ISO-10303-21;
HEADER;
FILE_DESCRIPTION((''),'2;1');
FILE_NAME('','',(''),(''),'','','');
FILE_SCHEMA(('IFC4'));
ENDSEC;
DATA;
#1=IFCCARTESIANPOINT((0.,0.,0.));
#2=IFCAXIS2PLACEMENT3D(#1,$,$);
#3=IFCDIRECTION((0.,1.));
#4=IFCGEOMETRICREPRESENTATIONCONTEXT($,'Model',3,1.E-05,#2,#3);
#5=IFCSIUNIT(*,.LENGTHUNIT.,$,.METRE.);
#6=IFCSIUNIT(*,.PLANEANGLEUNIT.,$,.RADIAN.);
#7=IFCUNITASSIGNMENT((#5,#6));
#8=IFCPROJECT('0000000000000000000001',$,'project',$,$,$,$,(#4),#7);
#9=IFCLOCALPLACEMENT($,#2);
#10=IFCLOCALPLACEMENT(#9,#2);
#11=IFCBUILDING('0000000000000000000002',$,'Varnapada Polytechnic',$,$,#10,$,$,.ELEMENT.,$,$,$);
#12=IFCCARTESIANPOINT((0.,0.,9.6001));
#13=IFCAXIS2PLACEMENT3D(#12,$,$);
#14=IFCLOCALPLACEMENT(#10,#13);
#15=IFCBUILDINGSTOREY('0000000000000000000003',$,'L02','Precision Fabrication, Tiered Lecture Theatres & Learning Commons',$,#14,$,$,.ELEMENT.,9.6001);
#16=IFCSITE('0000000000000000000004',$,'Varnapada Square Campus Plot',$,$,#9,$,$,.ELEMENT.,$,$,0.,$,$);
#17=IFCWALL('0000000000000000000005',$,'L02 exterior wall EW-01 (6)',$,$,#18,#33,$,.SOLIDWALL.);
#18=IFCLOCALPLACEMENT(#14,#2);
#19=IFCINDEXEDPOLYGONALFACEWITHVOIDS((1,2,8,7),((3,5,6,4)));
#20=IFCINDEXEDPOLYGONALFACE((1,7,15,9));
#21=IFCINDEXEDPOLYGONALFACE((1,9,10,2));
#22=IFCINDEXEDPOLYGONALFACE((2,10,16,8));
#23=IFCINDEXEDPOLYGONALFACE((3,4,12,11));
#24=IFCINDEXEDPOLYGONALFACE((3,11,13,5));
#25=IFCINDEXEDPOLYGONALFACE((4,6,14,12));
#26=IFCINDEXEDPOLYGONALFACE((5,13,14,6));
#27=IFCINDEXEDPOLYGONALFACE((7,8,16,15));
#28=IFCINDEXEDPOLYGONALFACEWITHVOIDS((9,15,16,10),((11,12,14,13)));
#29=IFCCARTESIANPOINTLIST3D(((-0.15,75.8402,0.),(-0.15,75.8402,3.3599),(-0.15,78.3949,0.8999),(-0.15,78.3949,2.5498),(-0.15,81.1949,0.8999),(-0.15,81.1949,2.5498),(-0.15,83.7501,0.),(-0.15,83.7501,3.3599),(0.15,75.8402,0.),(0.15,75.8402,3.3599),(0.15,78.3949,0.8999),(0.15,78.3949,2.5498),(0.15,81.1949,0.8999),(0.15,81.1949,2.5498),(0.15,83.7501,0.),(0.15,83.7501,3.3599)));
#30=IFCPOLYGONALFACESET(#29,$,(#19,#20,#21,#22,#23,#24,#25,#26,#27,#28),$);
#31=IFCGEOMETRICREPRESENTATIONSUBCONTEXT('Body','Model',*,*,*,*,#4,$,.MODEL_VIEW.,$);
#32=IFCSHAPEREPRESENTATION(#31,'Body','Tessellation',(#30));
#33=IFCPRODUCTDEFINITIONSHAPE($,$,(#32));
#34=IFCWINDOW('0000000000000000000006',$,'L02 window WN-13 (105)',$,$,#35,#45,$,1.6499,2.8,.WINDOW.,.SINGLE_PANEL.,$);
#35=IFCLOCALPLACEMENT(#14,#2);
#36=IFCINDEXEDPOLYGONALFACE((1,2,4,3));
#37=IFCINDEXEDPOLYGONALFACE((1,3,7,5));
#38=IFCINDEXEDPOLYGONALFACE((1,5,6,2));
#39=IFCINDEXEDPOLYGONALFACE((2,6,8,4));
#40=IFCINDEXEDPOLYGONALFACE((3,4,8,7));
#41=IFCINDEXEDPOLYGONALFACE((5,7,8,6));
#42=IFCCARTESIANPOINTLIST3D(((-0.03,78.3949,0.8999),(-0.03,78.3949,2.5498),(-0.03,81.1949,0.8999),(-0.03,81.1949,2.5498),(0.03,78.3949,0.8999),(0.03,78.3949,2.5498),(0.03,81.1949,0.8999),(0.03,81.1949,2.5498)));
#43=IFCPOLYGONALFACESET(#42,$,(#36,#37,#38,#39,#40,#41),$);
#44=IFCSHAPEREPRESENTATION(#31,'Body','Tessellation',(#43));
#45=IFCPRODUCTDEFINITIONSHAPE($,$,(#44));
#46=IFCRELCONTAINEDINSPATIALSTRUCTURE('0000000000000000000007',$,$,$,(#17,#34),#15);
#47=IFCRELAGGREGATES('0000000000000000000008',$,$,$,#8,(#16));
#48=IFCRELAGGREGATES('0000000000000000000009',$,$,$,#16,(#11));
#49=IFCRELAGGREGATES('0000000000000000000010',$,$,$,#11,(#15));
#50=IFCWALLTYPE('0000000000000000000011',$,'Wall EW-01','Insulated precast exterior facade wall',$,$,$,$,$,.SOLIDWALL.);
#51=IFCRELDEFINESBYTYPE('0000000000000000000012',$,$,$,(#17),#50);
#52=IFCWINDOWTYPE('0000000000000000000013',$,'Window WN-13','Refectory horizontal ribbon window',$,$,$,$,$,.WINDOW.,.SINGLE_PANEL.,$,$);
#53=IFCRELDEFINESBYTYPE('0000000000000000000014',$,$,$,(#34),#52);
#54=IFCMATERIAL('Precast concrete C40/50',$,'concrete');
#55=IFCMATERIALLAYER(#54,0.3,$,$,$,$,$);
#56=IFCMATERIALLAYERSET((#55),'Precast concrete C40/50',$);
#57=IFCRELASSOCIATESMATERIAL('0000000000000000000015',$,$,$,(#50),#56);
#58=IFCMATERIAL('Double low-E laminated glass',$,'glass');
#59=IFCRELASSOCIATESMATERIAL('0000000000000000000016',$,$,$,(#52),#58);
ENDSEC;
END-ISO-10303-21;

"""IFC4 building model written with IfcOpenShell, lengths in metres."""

from ifc_helpers import new_model, si_unit, direction, frame, frame_2d, origin, place, context, subcontext, project, spatial, rectangle, extrude, material, layer, layer_set, type_object, element, fill, save


model = new_model("IFC4")

# Units and contexts
model_context = context("Model", 3, precision=1e-05, world=origin(), true_north=direction((0.0, 1.0)))
body_context = subcontext(model_context, "Body", "Model", "MODEL_VIEW")
ifc_project = project(units=[si_unit("LENGTHUNIT", "METRE"), si_unit("PLANEANGLEUNIT", "RADIAN")], contexts=[model_context])

# Site, building, storey
site_placement = place(None, origin())
site = spatial("IfcSite", under=ifc_project, at=site_placement, Name="Varnapada Square Campus Plot", CompositionType="ELEMENT", RefElevation=0.0)
building_placement = place(site_placement, origin())
building = spatial("IfcBuilding", under=site, at=building_placement, Name="Varnapada Polytechnic", CompositionType="ELEMENT")
storey_placement = place(building_placement, frame((0.0, 0.0, 9.6001)))
storey = spatial("IfcBuildingStorey", under=building, at=storey_placement, Name="L02", Description="Precision Fabrication, Tiered Lecture Theatres & Learning Commons", CompositionType="ELEMENT", Elevation=9.6001)

# Wall, opening, window
ifc_material_1 = material(Name="Precast concrete C40/50", Category="concrete")
ifc_layer_1 = layer(ifc_material_1, 0.3)
ifc_layer_set_1 = layer_set([ifc_layer_1], Name="Precast concrete C40/50")
wall_type = type_object("IfcWallType", Name="Wall EW-01", Description="Insulated precast exterior facade wall", PredefinedType="SOLIDWALL", material=ifc_layer_set_1)
wall_placement = place(storey_placement, frame((0.0, 75.8401, 0.0), z_axis=(0.0, 0.0, 1.0), x_axis=(0.0, 1.0, 0.0)))
wall = element("IfcWall", 1, at=wall_placement, inside=storey, type_object=wall_type, Name="L02 exterior wall EW-01 (6)", PredefinedType="SOLIDWALL", context=body_context, shape_type="SweptSolid", body=[
    extrude(rectangle(XDim=7.9099, YDim=0.3, at=frame_2d((3.9551, 0.0))), origin(), (0.0, 0.0, 1.0), 3.3599),
])
opening_1_placement = place(wall_placement, frame((2.5549, 0.0, 0.8999)))
opening_1 = element("IfcOpeningElement", 2, at=opening_1_placement, cuts=wall, PredefinedType="OPENING", context=body_context, shape_type="SweptSolid", body=[
    extrude(rectangle(XDim=2.8, YDim=1.6499, at=frame_2d((1.3999, 0.825))), frame((0.0, 0.1599, 0.0), z_axis=(0.0, -1.0, 0.0), x_axis=(1.0, 0.0, 0.0)), (0.0, 0.0, 1.0), 0.3201),
])
ifc_material_2 = material(Name="Double low-E laminated glass", Category="glass")
window_type = type_object("IfcWindowType", Name="Window WN-13", Description="Refectory horizontal ribbon window", PartitioningType="SINGLE_PANEL", PredefinedType="WINDOW", material=ifc_material_2)
window_placement = place(opening_1_placement, origin())
window = element("IfcWindow", 3, at=window_placement, inside=storey, type_object=window_type, Name="L02 window WN-13 (105)", OverallHeight=1.6499, OverallWidth=2.8, PartitioningType="SINGLE_PANEL", PredefinedType="WINDOW", context=body_context, shape_type="SweptSolid", body=[
    extrude(rectangle(XDim=2.8, YDim=1.6499, at=frame_2d((1.3999, 0.825))), frame((0.0, 0.03, 0.0), z_axis=(0.0, -1.0, 0.0), x_axis=(1.0, 0.0, 0.0)), (0.0, 0.0, 1.0), 0.0601),
])
fill(opening_1, window)

save(model, "model.ifc")
